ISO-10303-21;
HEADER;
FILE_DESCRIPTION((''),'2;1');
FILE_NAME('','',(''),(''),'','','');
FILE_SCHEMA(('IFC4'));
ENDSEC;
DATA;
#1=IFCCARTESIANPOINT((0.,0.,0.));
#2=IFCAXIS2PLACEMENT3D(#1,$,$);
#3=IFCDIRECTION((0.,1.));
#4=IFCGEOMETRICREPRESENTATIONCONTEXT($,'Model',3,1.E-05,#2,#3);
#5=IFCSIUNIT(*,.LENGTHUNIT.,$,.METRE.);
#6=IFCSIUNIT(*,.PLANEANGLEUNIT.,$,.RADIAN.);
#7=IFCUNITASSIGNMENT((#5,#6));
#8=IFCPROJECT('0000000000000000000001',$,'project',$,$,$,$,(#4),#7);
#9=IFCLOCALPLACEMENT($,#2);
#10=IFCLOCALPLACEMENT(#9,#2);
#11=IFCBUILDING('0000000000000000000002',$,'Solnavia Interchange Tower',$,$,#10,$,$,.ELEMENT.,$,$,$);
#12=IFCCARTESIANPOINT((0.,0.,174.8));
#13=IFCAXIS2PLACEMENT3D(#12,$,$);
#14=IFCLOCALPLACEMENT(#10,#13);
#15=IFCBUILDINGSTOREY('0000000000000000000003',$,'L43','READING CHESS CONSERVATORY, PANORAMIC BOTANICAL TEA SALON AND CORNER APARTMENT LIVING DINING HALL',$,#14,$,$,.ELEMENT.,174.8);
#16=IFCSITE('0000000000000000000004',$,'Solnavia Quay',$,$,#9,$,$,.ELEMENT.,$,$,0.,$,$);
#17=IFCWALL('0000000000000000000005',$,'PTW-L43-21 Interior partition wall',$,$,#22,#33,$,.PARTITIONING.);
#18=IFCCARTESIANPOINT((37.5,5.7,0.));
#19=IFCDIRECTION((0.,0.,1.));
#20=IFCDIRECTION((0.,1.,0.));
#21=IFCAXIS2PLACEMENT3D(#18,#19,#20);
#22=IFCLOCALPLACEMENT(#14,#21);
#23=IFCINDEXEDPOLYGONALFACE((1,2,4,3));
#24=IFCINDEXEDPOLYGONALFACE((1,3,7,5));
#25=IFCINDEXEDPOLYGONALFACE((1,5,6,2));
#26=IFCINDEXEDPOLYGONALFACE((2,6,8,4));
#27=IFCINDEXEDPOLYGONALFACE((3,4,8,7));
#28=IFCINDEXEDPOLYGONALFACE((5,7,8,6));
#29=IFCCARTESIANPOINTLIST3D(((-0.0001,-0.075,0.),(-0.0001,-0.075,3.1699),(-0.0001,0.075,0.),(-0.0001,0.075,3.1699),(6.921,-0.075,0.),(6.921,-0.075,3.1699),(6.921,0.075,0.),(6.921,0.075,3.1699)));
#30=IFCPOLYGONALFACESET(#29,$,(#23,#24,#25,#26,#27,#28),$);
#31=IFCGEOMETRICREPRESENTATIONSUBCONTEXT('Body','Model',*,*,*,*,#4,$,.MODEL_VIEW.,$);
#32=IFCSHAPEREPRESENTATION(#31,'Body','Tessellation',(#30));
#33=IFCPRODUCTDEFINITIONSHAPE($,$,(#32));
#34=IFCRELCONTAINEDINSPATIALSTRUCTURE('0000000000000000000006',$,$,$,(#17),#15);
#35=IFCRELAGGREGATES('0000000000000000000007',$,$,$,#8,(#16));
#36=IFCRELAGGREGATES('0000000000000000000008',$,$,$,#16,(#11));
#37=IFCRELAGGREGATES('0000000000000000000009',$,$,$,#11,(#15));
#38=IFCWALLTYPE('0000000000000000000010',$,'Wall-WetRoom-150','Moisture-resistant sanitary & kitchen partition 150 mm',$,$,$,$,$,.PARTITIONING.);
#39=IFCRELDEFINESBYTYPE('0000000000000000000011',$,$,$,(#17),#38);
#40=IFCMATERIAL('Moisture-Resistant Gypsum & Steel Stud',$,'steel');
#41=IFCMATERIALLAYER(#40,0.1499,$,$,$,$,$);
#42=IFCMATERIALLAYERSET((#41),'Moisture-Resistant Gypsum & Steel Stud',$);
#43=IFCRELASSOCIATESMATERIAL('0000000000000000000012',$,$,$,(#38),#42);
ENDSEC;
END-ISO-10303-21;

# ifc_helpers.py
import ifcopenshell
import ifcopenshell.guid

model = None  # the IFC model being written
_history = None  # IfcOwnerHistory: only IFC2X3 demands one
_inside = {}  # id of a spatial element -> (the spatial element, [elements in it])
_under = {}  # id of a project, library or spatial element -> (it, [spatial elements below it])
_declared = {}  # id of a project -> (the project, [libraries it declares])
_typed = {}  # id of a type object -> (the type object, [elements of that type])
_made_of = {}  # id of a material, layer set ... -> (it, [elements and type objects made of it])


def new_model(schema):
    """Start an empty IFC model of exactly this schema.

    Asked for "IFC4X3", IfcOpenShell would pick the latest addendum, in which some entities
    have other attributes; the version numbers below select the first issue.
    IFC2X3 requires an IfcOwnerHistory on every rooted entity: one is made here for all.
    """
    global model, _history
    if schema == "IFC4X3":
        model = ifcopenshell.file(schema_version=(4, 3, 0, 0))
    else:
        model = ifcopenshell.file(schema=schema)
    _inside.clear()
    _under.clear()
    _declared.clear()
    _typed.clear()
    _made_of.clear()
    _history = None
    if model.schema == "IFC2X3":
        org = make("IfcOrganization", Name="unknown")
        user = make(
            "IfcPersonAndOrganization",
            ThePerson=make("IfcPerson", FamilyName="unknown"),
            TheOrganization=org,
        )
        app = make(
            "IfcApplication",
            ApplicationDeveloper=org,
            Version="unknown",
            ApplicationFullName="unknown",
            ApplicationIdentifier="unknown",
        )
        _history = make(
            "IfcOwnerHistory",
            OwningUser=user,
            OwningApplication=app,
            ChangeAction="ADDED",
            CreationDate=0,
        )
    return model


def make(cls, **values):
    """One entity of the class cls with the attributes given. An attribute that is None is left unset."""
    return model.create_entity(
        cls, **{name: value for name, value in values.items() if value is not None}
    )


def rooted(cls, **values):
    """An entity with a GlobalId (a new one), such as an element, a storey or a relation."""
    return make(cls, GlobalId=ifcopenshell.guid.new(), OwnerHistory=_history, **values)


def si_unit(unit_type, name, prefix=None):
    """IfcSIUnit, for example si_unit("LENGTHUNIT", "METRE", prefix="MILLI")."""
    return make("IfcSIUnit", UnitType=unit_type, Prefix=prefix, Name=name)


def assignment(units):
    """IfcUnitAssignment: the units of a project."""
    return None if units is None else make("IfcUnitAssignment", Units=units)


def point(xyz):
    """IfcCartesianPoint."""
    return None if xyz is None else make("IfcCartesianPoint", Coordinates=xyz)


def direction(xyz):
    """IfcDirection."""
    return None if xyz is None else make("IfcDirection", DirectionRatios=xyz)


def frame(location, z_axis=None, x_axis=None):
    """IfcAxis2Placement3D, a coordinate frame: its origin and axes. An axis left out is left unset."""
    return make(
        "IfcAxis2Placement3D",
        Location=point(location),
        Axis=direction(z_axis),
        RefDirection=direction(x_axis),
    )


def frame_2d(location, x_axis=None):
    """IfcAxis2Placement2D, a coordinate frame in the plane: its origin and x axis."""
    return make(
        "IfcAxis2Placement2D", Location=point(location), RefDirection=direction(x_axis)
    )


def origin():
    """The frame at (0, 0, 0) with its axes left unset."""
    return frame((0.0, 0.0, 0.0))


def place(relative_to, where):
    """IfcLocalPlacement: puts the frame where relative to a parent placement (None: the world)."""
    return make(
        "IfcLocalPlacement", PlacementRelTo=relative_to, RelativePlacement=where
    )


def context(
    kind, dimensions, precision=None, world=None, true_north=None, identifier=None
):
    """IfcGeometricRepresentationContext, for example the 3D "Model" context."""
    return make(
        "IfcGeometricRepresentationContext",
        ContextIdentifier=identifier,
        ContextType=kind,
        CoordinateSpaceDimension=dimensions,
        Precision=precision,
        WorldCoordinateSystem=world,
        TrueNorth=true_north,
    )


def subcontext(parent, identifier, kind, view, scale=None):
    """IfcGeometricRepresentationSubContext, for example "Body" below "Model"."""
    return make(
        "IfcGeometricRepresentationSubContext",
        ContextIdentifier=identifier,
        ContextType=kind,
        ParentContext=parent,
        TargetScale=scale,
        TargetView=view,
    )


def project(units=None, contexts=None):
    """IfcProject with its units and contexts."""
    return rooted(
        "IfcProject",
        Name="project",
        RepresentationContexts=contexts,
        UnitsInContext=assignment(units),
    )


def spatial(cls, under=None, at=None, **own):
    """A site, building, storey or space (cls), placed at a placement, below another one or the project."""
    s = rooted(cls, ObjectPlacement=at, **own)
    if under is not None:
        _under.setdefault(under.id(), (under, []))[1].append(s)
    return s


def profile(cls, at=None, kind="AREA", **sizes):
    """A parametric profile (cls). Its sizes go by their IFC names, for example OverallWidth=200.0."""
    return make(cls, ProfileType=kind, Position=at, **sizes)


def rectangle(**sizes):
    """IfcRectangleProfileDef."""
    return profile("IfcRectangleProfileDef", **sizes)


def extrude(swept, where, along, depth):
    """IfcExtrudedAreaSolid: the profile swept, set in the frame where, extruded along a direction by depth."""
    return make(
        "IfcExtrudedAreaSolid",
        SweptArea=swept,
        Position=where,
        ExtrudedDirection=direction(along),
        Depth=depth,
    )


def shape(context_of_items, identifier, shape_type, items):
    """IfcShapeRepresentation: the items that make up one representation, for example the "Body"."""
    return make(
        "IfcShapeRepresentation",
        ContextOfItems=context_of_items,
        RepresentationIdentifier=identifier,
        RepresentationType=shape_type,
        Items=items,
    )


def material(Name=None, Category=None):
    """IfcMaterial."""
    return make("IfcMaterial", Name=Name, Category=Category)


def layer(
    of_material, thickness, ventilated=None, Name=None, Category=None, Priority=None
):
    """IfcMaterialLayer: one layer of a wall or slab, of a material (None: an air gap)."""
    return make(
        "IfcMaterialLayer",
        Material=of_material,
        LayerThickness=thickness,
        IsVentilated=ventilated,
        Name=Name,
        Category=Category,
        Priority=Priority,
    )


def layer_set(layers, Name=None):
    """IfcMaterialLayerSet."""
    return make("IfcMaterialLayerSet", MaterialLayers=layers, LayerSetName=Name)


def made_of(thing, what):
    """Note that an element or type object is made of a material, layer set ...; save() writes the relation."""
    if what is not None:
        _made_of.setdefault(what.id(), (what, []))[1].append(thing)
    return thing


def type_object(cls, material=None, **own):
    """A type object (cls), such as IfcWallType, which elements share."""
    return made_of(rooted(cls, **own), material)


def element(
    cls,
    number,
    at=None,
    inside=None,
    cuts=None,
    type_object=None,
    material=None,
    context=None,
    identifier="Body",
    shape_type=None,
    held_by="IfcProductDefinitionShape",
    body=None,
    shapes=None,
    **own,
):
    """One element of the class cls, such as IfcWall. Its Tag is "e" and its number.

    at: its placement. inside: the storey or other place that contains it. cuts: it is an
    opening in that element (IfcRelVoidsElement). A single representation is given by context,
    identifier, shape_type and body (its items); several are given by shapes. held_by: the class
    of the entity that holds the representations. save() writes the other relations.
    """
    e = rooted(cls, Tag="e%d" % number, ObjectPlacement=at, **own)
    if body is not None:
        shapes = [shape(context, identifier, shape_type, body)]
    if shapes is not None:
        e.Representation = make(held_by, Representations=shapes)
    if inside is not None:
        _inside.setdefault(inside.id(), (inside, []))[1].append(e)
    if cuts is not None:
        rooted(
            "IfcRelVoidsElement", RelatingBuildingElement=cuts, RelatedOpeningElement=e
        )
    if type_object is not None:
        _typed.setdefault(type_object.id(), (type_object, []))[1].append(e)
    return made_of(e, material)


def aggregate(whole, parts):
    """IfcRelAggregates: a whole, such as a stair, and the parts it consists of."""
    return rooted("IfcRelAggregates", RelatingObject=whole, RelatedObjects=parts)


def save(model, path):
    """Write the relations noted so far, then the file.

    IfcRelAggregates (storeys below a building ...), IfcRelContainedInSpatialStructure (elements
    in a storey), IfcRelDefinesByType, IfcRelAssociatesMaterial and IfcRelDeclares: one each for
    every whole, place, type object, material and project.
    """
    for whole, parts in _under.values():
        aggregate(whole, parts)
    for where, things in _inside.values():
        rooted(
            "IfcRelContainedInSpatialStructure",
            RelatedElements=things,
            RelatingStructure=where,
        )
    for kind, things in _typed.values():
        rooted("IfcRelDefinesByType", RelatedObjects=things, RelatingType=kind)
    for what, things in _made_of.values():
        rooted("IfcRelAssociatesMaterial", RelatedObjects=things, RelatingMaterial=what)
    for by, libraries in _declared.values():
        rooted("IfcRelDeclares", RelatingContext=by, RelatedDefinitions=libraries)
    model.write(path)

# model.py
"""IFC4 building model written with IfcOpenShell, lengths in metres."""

from ifc_helpers import new_model, si_unit, direction, frame, frame_2d, origin, place, context, subcontext, project, spatial, rectangle, extrude, material, layer, layer_set, type_object, element, save


model = new_model("IFC4")

# Units and contexts
model_context = context("Model", 3, precision=1e-05, world=origin(), true_north=direction((0.0, 1.0)))
body_context = subcontext(model_context, "Body", "Model", "MODEL_VIEW")
ifc_project = project(units=[si_unit("LENGTHUNIT", "METRE"), si_unit("PLANEANGLEUNIT", "RADIAN")], contexts=[model_context])

# Site, building, storey
site_placement = place(None, origin())
site = spatial("IfcSite", under=ifc_project, at=site_placement, Name="Solnavia Quay", CompositionType="ELEMENT", RefElevation=0.0)
building_placement = place(site_placement, origin())
building = spatial("IfcBuilding", under=site, at=building_placement, Name="Solnavia Interchange Tower", CompositionType="ELEMENT")
storey_placement = place(building_placement, frame((0.0, 0.0, 174.8)))
storey = spatial("IfcBuildingStorey", under=building, at=storey_placement, Name="L43", Description="READING CHESS CONSERVATORY, PANORAMIC BOTANICAL TEA SALON AND CORNER APARTMENT LIVING DINING HALL", CompositionType="ELEMENT", Elevation=174.8)

# Shared definitions
ifc_material_1 = material(Name="Moisture-Resistant Gypsum & Steel Stud", Category="steel")
ifc_layer_1 = layer(ifc_material_1, 0.1499)
ifc_layer_set_1 = layer_set([ifc_layer_1], Name="Moisture-Resistant Gypsum & Steel Stud")
wall_type_1 = type_object("IfcWallType", Name="Wall-WetRoom-150", Description="Moisture-resistant sanitary & kitchen partition 150 mm", PredefinedType="PARTITIONING", material=ifc_layer_set_1)

# Wall
wall_1_placement = place(storey_placement, frame((37.5, 5.7, 0.0), z_axis=(0.0, 0.0, 1.0), x_axis=(0.0, 1.0, 0.0)))
element("IfcWall", 1, at=wall_1_placement, inside=storey, type_object=wall_type_1, Name="PTW-L43-21 Interior partition wall", PredefinedType="PARTITIONING", context=body_context, shape_type="SweptSolid", body=[
    extrude(rectangle(XDim=6.9211, YDim=0.1499, at=frame_2d((3.4604, 0.0))), origin(), (0.0, 0.0, 1.0), 3.1699),
])

save(model, "model.ifc")
